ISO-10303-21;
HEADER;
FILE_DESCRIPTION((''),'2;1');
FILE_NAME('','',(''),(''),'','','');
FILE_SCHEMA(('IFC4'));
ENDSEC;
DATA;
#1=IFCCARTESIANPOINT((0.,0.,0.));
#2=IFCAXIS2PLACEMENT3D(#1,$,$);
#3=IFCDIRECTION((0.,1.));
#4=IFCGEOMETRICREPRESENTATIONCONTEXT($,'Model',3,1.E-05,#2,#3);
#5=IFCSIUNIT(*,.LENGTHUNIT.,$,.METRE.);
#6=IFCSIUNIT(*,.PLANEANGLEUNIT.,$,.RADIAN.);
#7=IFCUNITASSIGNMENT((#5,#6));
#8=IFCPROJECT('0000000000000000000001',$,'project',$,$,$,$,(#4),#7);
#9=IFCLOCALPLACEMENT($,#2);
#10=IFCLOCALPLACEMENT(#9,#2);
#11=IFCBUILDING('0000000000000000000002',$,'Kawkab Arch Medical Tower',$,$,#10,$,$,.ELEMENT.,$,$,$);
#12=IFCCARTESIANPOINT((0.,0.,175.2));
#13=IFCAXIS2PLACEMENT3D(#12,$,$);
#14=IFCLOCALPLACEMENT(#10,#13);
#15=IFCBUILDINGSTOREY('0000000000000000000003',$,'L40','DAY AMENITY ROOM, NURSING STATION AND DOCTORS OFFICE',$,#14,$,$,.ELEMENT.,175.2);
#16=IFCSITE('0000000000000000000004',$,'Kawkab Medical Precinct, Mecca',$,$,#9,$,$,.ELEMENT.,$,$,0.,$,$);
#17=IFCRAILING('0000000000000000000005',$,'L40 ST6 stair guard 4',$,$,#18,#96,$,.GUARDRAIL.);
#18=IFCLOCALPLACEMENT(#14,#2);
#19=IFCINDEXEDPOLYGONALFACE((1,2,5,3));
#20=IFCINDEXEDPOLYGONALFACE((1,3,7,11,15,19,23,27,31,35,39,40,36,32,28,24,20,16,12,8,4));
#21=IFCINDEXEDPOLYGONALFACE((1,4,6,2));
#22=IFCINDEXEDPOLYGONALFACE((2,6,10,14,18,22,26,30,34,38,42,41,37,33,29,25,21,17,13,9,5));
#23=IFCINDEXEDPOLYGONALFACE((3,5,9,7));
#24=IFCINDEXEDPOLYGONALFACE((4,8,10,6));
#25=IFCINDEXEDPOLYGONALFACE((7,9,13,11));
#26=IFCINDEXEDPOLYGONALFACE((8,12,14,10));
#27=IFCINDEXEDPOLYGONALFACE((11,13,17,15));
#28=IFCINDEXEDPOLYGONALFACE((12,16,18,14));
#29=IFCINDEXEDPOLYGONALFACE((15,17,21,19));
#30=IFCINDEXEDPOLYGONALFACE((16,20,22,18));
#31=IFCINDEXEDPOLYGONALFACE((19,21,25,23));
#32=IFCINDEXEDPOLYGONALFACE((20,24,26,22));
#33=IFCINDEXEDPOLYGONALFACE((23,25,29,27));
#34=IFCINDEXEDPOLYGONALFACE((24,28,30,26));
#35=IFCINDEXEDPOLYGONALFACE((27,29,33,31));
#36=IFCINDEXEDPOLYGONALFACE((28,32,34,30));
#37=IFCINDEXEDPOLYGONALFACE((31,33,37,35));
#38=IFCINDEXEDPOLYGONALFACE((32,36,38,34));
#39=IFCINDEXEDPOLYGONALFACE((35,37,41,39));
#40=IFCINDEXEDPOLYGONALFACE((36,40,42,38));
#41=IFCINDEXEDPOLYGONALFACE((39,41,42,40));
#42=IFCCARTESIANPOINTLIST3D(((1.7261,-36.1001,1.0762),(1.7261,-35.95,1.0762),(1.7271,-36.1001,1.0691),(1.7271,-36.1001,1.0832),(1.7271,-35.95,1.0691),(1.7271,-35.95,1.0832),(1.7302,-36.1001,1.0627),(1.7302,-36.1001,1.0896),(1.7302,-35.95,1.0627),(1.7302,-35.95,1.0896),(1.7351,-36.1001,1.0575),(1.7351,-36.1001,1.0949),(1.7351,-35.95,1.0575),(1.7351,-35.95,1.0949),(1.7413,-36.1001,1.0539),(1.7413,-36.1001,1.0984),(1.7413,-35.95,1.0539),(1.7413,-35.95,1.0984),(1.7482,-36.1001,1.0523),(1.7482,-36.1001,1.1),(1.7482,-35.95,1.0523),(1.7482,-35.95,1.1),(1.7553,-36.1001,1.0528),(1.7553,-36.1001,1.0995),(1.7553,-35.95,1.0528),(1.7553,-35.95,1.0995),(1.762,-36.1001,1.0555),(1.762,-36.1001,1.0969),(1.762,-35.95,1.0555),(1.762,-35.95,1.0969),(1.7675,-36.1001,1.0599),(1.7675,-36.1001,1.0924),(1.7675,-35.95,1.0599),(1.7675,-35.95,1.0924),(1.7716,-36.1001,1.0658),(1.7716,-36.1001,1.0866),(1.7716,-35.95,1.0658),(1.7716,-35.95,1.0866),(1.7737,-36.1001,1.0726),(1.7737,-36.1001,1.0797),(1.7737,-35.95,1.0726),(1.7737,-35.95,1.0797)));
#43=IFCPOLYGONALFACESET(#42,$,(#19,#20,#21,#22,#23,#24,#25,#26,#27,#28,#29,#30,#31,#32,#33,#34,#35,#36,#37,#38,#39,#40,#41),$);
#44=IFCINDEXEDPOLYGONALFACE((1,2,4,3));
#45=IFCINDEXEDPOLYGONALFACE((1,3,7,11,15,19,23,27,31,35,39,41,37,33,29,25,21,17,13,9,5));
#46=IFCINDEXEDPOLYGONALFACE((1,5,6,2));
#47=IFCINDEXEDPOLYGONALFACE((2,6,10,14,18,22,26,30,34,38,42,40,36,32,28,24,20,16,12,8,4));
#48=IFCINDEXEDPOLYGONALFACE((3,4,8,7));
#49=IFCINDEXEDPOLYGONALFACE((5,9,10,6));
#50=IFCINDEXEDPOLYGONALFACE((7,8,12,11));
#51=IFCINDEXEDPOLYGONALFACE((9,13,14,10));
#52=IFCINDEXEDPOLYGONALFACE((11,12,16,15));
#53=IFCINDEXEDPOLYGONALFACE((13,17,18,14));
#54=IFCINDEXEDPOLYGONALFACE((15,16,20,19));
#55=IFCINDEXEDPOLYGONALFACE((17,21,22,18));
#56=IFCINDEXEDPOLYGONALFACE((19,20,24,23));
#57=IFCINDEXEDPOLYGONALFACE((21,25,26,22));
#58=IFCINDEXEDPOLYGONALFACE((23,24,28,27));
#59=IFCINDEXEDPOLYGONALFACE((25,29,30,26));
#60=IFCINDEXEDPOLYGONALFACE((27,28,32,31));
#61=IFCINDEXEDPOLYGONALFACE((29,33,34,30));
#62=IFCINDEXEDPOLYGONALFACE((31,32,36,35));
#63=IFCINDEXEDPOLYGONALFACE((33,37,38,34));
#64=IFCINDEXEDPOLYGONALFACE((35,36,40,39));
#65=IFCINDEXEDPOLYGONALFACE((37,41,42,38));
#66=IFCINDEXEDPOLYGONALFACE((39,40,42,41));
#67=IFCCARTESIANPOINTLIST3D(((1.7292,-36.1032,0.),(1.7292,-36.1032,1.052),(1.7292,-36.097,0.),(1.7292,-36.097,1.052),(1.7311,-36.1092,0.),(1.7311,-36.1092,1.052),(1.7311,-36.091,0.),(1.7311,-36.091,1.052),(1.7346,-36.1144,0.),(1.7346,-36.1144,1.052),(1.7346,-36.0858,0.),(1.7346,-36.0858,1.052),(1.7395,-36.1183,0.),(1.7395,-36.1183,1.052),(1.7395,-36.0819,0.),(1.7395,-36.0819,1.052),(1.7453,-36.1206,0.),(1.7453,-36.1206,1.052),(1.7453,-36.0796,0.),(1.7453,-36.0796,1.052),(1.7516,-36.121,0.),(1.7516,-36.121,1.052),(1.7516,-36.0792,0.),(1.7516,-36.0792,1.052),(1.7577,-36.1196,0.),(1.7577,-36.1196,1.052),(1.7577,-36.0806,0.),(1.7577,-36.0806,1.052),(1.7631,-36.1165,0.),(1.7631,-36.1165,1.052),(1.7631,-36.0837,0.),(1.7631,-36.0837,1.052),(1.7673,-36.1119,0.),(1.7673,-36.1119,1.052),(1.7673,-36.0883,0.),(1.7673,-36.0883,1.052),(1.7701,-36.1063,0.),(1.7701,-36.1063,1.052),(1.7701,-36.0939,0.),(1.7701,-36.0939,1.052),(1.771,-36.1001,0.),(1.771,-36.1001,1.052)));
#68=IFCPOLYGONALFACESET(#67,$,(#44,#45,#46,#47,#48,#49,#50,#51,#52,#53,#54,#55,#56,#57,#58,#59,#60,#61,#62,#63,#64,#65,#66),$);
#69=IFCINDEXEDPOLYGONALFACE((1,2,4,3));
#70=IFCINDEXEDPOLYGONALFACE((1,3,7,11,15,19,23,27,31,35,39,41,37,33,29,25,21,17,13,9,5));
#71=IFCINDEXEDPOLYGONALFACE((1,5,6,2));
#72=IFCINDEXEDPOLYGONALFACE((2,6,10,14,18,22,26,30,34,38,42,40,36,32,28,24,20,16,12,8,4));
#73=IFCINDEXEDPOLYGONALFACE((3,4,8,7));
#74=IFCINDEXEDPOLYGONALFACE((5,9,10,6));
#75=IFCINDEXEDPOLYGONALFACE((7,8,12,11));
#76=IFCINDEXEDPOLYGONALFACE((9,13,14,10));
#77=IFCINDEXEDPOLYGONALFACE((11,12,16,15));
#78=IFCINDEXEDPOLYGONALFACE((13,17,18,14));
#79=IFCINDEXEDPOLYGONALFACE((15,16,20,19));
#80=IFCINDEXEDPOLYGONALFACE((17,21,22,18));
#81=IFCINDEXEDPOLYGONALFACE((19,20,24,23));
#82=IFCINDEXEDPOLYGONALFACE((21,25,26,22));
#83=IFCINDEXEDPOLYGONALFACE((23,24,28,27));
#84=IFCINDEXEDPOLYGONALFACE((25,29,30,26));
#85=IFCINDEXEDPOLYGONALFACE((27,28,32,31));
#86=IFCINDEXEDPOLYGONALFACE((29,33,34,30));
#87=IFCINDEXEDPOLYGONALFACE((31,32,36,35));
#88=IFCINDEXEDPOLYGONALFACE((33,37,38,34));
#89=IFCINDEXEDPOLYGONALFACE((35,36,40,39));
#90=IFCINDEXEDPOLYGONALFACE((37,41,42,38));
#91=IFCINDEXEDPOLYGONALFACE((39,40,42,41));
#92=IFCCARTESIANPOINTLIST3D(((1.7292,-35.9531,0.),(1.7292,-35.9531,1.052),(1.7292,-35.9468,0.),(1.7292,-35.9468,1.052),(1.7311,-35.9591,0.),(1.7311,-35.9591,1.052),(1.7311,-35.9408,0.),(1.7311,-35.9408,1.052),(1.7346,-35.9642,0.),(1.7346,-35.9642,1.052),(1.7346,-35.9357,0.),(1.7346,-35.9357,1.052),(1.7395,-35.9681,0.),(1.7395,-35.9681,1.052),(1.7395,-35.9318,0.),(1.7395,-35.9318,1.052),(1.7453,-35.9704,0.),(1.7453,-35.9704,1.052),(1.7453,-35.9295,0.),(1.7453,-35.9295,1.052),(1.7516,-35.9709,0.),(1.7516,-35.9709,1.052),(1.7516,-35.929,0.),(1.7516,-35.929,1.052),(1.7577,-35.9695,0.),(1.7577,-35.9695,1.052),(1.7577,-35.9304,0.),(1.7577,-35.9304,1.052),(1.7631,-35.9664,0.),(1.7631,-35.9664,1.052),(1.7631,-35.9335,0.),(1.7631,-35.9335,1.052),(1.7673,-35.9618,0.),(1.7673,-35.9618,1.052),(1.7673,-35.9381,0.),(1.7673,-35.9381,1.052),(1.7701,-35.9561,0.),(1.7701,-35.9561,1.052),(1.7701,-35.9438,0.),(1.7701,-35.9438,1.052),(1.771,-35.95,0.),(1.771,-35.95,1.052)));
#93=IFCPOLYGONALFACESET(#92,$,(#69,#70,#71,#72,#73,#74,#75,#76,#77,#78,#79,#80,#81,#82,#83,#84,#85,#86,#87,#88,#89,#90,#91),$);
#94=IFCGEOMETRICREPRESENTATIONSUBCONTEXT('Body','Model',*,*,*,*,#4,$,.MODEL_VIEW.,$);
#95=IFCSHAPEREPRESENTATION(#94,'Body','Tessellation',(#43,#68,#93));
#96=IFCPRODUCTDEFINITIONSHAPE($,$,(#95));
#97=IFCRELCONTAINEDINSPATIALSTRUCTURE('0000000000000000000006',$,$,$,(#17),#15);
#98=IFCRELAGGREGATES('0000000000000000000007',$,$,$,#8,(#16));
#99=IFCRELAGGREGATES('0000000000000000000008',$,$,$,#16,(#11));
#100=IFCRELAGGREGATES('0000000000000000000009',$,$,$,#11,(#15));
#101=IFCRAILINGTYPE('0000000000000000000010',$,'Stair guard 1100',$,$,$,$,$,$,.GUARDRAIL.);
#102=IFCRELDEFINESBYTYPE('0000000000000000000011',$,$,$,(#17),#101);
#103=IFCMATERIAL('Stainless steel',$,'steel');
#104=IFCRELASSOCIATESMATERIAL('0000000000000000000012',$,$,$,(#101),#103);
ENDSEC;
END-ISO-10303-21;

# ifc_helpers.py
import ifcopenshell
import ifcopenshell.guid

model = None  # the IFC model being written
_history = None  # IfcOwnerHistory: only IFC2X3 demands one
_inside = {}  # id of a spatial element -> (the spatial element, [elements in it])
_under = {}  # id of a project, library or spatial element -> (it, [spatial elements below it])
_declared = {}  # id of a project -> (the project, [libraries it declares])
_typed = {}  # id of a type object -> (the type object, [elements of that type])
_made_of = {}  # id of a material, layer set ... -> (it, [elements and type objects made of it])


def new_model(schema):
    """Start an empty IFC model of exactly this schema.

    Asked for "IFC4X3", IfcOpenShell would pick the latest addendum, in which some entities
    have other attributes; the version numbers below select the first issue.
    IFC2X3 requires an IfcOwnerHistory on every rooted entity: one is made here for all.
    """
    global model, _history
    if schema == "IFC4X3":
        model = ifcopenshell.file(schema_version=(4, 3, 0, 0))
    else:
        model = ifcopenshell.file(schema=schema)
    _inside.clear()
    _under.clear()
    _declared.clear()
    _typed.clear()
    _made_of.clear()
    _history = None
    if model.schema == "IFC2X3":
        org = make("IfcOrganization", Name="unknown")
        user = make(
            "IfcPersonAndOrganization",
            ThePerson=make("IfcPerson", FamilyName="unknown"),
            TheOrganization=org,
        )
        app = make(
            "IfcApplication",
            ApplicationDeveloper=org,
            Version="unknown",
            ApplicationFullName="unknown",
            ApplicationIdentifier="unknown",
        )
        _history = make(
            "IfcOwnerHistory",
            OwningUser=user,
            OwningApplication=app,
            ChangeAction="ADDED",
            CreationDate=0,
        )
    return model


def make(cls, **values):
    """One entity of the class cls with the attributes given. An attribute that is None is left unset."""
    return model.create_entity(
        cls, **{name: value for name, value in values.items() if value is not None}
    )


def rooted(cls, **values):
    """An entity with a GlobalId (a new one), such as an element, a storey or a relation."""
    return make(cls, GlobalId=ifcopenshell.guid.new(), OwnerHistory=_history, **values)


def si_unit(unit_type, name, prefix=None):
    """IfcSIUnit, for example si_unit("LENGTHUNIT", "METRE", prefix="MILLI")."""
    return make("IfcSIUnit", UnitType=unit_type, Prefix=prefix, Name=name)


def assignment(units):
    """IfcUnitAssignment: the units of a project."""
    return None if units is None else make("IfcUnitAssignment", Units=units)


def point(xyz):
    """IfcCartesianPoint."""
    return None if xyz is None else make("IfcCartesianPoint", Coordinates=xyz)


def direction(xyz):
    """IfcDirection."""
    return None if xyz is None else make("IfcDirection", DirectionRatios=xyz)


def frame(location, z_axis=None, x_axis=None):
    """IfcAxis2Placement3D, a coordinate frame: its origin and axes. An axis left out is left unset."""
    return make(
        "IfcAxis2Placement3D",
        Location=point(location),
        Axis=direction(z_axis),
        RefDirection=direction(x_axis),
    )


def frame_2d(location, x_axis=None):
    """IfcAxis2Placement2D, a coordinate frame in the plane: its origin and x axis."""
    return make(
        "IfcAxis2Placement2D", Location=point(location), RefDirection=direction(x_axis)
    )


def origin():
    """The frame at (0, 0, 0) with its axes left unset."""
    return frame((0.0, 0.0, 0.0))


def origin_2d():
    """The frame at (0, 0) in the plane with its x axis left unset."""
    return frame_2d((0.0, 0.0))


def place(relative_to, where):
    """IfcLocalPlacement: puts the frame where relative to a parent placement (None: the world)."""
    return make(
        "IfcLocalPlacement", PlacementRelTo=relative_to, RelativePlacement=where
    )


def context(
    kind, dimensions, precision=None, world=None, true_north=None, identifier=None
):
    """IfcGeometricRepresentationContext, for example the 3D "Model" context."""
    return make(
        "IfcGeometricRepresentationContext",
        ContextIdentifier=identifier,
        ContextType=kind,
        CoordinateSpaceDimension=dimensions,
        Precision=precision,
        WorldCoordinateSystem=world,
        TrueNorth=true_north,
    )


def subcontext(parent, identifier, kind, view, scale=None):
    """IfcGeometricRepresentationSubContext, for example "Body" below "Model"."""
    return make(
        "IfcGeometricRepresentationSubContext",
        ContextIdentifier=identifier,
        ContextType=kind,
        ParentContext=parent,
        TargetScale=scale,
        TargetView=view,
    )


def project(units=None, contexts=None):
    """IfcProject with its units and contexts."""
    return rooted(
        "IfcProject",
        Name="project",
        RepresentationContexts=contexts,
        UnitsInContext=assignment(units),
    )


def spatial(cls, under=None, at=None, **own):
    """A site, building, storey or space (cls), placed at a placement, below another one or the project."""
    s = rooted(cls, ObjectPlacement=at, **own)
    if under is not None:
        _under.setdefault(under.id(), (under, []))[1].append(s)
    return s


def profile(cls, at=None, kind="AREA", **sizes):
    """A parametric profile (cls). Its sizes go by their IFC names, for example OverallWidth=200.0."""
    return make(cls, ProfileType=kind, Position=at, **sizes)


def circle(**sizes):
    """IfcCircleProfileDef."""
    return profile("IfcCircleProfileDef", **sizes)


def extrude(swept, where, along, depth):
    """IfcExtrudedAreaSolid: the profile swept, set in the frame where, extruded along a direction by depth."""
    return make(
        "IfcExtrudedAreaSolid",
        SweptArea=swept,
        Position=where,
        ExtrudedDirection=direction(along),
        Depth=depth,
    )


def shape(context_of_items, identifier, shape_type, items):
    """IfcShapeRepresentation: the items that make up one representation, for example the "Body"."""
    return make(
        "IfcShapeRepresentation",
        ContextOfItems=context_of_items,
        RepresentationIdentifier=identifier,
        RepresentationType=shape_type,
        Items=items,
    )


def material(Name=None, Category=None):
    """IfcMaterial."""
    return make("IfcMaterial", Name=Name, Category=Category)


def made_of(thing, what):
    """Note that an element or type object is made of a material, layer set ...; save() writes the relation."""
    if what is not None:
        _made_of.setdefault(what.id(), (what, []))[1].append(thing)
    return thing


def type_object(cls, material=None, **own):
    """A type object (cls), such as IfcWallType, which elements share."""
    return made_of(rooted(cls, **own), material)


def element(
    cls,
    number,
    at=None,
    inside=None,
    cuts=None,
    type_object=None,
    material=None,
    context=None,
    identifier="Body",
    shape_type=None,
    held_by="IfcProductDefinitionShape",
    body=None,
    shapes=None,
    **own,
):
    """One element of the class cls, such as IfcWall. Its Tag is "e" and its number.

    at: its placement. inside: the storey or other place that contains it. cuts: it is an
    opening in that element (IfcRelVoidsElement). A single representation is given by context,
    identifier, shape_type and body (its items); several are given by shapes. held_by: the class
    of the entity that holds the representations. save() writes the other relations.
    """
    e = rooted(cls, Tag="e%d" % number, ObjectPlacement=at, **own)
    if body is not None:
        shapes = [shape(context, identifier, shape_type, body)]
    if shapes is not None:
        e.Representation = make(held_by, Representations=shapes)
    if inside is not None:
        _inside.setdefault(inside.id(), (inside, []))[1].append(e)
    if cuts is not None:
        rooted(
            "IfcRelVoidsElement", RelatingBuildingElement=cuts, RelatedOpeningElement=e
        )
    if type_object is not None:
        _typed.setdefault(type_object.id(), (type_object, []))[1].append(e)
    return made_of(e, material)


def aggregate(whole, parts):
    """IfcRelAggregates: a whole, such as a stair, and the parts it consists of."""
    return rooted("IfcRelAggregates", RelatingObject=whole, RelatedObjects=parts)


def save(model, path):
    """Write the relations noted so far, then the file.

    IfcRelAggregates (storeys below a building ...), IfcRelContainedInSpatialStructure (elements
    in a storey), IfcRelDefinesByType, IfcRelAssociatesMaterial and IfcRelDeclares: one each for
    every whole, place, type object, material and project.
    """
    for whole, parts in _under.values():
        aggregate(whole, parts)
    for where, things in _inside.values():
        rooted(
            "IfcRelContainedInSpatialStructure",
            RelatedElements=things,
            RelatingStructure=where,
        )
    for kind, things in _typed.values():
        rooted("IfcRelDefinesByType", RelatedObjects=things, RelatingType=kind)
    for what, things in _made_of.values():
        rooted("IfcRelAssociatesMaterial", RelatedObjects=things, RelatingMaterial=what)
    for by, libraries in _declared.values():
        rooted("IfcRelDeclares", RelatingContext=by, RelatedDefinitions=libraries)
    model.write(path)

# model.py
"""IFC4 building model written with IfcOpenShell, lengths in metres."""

from ifc_helpers import new_model, si_unit, direction, frame, origin, origin_2d, place, context, subcontext, project, spatial, circle, extrude, material, type_object, element, save


model = new_model("IFC4")

# Units and contexts
model_context = context("Model", 3, precision=1e-05, world=origin(), true_north=direction((0.0, 1.0)))
body_context = subcontext(model_context, "Body", "Model", "MODEL_VIEW")
ifc_project = project(units=[si_unit("LENGTHUNIT", "METRE"), si_unit("PLANEANGLEUNIT", "RADIAN")], contexts=[model_context])

# Site, building, storey
site_placement = place(None, origin())
site = spatial("IfcSite", under=ifc_project, at=site_placement, Name="Kawkab Medical Precinct, Mecca", CompositionType="ELEMENT", RefElevation=0.0)
building_placement = place(site_placement, origin())
building = spatial("IfcBuilding", under=site, at=building_placement, Name="Kawkab Arch Medical Tower", CompositionType="ELEMENT")
storey_placement = place(building_placement, frame((0.0, 0.0, 175.2)))
storey = spatial("IfcBuildingStorey", under=building, at=storey_placement, Name="L40", Description="DAY AMENITY ROOM, NURSING STATION AND DOCTORS OFFICE", CompositionType="ELEMENT", Elevation=175.2)

# Railing
ifc_material_1 = material(Name="Stainless steel", Category="steel")
railing_type = type_object("IfcRailingType", Name="Stair guard 1100", PredefinedType="GUARDRAIL", material=ifc_material_1)
railing_1_placement = place(storey_placement, frame((1.75, -36.1001, 0.0)))
element("IfcRailing", 1, at=railing_1_placement, inside=storey, type_object=railing_type, Name="L40 ST6 stair guard 4", PredefinedType="GUARDRAIL", context=body_context, shape_type="SweptSolid", body=[
    extrude(circle(Radius=0.0239, at=origin_2d()), frame((0.0, 0.0, 1.0762), z_axis=(0.0, 1.0, 0.0), x_axis=(-1.0, 0.0, 0.0)), (0.0, 0.0, 1.0), 0.1501),
    extrude(circle(Radius=0.021, at=origin_2d()), origin(), (0.0, 0.0, 1.0), 1.052),
    extrude(circle(Radius=0.021, at=origin_2d()), frame((0.0, 0.1501, 0.0)), (0.0, 0.0, 1.0), 1.052),
])

save(model, "model.ifc")
